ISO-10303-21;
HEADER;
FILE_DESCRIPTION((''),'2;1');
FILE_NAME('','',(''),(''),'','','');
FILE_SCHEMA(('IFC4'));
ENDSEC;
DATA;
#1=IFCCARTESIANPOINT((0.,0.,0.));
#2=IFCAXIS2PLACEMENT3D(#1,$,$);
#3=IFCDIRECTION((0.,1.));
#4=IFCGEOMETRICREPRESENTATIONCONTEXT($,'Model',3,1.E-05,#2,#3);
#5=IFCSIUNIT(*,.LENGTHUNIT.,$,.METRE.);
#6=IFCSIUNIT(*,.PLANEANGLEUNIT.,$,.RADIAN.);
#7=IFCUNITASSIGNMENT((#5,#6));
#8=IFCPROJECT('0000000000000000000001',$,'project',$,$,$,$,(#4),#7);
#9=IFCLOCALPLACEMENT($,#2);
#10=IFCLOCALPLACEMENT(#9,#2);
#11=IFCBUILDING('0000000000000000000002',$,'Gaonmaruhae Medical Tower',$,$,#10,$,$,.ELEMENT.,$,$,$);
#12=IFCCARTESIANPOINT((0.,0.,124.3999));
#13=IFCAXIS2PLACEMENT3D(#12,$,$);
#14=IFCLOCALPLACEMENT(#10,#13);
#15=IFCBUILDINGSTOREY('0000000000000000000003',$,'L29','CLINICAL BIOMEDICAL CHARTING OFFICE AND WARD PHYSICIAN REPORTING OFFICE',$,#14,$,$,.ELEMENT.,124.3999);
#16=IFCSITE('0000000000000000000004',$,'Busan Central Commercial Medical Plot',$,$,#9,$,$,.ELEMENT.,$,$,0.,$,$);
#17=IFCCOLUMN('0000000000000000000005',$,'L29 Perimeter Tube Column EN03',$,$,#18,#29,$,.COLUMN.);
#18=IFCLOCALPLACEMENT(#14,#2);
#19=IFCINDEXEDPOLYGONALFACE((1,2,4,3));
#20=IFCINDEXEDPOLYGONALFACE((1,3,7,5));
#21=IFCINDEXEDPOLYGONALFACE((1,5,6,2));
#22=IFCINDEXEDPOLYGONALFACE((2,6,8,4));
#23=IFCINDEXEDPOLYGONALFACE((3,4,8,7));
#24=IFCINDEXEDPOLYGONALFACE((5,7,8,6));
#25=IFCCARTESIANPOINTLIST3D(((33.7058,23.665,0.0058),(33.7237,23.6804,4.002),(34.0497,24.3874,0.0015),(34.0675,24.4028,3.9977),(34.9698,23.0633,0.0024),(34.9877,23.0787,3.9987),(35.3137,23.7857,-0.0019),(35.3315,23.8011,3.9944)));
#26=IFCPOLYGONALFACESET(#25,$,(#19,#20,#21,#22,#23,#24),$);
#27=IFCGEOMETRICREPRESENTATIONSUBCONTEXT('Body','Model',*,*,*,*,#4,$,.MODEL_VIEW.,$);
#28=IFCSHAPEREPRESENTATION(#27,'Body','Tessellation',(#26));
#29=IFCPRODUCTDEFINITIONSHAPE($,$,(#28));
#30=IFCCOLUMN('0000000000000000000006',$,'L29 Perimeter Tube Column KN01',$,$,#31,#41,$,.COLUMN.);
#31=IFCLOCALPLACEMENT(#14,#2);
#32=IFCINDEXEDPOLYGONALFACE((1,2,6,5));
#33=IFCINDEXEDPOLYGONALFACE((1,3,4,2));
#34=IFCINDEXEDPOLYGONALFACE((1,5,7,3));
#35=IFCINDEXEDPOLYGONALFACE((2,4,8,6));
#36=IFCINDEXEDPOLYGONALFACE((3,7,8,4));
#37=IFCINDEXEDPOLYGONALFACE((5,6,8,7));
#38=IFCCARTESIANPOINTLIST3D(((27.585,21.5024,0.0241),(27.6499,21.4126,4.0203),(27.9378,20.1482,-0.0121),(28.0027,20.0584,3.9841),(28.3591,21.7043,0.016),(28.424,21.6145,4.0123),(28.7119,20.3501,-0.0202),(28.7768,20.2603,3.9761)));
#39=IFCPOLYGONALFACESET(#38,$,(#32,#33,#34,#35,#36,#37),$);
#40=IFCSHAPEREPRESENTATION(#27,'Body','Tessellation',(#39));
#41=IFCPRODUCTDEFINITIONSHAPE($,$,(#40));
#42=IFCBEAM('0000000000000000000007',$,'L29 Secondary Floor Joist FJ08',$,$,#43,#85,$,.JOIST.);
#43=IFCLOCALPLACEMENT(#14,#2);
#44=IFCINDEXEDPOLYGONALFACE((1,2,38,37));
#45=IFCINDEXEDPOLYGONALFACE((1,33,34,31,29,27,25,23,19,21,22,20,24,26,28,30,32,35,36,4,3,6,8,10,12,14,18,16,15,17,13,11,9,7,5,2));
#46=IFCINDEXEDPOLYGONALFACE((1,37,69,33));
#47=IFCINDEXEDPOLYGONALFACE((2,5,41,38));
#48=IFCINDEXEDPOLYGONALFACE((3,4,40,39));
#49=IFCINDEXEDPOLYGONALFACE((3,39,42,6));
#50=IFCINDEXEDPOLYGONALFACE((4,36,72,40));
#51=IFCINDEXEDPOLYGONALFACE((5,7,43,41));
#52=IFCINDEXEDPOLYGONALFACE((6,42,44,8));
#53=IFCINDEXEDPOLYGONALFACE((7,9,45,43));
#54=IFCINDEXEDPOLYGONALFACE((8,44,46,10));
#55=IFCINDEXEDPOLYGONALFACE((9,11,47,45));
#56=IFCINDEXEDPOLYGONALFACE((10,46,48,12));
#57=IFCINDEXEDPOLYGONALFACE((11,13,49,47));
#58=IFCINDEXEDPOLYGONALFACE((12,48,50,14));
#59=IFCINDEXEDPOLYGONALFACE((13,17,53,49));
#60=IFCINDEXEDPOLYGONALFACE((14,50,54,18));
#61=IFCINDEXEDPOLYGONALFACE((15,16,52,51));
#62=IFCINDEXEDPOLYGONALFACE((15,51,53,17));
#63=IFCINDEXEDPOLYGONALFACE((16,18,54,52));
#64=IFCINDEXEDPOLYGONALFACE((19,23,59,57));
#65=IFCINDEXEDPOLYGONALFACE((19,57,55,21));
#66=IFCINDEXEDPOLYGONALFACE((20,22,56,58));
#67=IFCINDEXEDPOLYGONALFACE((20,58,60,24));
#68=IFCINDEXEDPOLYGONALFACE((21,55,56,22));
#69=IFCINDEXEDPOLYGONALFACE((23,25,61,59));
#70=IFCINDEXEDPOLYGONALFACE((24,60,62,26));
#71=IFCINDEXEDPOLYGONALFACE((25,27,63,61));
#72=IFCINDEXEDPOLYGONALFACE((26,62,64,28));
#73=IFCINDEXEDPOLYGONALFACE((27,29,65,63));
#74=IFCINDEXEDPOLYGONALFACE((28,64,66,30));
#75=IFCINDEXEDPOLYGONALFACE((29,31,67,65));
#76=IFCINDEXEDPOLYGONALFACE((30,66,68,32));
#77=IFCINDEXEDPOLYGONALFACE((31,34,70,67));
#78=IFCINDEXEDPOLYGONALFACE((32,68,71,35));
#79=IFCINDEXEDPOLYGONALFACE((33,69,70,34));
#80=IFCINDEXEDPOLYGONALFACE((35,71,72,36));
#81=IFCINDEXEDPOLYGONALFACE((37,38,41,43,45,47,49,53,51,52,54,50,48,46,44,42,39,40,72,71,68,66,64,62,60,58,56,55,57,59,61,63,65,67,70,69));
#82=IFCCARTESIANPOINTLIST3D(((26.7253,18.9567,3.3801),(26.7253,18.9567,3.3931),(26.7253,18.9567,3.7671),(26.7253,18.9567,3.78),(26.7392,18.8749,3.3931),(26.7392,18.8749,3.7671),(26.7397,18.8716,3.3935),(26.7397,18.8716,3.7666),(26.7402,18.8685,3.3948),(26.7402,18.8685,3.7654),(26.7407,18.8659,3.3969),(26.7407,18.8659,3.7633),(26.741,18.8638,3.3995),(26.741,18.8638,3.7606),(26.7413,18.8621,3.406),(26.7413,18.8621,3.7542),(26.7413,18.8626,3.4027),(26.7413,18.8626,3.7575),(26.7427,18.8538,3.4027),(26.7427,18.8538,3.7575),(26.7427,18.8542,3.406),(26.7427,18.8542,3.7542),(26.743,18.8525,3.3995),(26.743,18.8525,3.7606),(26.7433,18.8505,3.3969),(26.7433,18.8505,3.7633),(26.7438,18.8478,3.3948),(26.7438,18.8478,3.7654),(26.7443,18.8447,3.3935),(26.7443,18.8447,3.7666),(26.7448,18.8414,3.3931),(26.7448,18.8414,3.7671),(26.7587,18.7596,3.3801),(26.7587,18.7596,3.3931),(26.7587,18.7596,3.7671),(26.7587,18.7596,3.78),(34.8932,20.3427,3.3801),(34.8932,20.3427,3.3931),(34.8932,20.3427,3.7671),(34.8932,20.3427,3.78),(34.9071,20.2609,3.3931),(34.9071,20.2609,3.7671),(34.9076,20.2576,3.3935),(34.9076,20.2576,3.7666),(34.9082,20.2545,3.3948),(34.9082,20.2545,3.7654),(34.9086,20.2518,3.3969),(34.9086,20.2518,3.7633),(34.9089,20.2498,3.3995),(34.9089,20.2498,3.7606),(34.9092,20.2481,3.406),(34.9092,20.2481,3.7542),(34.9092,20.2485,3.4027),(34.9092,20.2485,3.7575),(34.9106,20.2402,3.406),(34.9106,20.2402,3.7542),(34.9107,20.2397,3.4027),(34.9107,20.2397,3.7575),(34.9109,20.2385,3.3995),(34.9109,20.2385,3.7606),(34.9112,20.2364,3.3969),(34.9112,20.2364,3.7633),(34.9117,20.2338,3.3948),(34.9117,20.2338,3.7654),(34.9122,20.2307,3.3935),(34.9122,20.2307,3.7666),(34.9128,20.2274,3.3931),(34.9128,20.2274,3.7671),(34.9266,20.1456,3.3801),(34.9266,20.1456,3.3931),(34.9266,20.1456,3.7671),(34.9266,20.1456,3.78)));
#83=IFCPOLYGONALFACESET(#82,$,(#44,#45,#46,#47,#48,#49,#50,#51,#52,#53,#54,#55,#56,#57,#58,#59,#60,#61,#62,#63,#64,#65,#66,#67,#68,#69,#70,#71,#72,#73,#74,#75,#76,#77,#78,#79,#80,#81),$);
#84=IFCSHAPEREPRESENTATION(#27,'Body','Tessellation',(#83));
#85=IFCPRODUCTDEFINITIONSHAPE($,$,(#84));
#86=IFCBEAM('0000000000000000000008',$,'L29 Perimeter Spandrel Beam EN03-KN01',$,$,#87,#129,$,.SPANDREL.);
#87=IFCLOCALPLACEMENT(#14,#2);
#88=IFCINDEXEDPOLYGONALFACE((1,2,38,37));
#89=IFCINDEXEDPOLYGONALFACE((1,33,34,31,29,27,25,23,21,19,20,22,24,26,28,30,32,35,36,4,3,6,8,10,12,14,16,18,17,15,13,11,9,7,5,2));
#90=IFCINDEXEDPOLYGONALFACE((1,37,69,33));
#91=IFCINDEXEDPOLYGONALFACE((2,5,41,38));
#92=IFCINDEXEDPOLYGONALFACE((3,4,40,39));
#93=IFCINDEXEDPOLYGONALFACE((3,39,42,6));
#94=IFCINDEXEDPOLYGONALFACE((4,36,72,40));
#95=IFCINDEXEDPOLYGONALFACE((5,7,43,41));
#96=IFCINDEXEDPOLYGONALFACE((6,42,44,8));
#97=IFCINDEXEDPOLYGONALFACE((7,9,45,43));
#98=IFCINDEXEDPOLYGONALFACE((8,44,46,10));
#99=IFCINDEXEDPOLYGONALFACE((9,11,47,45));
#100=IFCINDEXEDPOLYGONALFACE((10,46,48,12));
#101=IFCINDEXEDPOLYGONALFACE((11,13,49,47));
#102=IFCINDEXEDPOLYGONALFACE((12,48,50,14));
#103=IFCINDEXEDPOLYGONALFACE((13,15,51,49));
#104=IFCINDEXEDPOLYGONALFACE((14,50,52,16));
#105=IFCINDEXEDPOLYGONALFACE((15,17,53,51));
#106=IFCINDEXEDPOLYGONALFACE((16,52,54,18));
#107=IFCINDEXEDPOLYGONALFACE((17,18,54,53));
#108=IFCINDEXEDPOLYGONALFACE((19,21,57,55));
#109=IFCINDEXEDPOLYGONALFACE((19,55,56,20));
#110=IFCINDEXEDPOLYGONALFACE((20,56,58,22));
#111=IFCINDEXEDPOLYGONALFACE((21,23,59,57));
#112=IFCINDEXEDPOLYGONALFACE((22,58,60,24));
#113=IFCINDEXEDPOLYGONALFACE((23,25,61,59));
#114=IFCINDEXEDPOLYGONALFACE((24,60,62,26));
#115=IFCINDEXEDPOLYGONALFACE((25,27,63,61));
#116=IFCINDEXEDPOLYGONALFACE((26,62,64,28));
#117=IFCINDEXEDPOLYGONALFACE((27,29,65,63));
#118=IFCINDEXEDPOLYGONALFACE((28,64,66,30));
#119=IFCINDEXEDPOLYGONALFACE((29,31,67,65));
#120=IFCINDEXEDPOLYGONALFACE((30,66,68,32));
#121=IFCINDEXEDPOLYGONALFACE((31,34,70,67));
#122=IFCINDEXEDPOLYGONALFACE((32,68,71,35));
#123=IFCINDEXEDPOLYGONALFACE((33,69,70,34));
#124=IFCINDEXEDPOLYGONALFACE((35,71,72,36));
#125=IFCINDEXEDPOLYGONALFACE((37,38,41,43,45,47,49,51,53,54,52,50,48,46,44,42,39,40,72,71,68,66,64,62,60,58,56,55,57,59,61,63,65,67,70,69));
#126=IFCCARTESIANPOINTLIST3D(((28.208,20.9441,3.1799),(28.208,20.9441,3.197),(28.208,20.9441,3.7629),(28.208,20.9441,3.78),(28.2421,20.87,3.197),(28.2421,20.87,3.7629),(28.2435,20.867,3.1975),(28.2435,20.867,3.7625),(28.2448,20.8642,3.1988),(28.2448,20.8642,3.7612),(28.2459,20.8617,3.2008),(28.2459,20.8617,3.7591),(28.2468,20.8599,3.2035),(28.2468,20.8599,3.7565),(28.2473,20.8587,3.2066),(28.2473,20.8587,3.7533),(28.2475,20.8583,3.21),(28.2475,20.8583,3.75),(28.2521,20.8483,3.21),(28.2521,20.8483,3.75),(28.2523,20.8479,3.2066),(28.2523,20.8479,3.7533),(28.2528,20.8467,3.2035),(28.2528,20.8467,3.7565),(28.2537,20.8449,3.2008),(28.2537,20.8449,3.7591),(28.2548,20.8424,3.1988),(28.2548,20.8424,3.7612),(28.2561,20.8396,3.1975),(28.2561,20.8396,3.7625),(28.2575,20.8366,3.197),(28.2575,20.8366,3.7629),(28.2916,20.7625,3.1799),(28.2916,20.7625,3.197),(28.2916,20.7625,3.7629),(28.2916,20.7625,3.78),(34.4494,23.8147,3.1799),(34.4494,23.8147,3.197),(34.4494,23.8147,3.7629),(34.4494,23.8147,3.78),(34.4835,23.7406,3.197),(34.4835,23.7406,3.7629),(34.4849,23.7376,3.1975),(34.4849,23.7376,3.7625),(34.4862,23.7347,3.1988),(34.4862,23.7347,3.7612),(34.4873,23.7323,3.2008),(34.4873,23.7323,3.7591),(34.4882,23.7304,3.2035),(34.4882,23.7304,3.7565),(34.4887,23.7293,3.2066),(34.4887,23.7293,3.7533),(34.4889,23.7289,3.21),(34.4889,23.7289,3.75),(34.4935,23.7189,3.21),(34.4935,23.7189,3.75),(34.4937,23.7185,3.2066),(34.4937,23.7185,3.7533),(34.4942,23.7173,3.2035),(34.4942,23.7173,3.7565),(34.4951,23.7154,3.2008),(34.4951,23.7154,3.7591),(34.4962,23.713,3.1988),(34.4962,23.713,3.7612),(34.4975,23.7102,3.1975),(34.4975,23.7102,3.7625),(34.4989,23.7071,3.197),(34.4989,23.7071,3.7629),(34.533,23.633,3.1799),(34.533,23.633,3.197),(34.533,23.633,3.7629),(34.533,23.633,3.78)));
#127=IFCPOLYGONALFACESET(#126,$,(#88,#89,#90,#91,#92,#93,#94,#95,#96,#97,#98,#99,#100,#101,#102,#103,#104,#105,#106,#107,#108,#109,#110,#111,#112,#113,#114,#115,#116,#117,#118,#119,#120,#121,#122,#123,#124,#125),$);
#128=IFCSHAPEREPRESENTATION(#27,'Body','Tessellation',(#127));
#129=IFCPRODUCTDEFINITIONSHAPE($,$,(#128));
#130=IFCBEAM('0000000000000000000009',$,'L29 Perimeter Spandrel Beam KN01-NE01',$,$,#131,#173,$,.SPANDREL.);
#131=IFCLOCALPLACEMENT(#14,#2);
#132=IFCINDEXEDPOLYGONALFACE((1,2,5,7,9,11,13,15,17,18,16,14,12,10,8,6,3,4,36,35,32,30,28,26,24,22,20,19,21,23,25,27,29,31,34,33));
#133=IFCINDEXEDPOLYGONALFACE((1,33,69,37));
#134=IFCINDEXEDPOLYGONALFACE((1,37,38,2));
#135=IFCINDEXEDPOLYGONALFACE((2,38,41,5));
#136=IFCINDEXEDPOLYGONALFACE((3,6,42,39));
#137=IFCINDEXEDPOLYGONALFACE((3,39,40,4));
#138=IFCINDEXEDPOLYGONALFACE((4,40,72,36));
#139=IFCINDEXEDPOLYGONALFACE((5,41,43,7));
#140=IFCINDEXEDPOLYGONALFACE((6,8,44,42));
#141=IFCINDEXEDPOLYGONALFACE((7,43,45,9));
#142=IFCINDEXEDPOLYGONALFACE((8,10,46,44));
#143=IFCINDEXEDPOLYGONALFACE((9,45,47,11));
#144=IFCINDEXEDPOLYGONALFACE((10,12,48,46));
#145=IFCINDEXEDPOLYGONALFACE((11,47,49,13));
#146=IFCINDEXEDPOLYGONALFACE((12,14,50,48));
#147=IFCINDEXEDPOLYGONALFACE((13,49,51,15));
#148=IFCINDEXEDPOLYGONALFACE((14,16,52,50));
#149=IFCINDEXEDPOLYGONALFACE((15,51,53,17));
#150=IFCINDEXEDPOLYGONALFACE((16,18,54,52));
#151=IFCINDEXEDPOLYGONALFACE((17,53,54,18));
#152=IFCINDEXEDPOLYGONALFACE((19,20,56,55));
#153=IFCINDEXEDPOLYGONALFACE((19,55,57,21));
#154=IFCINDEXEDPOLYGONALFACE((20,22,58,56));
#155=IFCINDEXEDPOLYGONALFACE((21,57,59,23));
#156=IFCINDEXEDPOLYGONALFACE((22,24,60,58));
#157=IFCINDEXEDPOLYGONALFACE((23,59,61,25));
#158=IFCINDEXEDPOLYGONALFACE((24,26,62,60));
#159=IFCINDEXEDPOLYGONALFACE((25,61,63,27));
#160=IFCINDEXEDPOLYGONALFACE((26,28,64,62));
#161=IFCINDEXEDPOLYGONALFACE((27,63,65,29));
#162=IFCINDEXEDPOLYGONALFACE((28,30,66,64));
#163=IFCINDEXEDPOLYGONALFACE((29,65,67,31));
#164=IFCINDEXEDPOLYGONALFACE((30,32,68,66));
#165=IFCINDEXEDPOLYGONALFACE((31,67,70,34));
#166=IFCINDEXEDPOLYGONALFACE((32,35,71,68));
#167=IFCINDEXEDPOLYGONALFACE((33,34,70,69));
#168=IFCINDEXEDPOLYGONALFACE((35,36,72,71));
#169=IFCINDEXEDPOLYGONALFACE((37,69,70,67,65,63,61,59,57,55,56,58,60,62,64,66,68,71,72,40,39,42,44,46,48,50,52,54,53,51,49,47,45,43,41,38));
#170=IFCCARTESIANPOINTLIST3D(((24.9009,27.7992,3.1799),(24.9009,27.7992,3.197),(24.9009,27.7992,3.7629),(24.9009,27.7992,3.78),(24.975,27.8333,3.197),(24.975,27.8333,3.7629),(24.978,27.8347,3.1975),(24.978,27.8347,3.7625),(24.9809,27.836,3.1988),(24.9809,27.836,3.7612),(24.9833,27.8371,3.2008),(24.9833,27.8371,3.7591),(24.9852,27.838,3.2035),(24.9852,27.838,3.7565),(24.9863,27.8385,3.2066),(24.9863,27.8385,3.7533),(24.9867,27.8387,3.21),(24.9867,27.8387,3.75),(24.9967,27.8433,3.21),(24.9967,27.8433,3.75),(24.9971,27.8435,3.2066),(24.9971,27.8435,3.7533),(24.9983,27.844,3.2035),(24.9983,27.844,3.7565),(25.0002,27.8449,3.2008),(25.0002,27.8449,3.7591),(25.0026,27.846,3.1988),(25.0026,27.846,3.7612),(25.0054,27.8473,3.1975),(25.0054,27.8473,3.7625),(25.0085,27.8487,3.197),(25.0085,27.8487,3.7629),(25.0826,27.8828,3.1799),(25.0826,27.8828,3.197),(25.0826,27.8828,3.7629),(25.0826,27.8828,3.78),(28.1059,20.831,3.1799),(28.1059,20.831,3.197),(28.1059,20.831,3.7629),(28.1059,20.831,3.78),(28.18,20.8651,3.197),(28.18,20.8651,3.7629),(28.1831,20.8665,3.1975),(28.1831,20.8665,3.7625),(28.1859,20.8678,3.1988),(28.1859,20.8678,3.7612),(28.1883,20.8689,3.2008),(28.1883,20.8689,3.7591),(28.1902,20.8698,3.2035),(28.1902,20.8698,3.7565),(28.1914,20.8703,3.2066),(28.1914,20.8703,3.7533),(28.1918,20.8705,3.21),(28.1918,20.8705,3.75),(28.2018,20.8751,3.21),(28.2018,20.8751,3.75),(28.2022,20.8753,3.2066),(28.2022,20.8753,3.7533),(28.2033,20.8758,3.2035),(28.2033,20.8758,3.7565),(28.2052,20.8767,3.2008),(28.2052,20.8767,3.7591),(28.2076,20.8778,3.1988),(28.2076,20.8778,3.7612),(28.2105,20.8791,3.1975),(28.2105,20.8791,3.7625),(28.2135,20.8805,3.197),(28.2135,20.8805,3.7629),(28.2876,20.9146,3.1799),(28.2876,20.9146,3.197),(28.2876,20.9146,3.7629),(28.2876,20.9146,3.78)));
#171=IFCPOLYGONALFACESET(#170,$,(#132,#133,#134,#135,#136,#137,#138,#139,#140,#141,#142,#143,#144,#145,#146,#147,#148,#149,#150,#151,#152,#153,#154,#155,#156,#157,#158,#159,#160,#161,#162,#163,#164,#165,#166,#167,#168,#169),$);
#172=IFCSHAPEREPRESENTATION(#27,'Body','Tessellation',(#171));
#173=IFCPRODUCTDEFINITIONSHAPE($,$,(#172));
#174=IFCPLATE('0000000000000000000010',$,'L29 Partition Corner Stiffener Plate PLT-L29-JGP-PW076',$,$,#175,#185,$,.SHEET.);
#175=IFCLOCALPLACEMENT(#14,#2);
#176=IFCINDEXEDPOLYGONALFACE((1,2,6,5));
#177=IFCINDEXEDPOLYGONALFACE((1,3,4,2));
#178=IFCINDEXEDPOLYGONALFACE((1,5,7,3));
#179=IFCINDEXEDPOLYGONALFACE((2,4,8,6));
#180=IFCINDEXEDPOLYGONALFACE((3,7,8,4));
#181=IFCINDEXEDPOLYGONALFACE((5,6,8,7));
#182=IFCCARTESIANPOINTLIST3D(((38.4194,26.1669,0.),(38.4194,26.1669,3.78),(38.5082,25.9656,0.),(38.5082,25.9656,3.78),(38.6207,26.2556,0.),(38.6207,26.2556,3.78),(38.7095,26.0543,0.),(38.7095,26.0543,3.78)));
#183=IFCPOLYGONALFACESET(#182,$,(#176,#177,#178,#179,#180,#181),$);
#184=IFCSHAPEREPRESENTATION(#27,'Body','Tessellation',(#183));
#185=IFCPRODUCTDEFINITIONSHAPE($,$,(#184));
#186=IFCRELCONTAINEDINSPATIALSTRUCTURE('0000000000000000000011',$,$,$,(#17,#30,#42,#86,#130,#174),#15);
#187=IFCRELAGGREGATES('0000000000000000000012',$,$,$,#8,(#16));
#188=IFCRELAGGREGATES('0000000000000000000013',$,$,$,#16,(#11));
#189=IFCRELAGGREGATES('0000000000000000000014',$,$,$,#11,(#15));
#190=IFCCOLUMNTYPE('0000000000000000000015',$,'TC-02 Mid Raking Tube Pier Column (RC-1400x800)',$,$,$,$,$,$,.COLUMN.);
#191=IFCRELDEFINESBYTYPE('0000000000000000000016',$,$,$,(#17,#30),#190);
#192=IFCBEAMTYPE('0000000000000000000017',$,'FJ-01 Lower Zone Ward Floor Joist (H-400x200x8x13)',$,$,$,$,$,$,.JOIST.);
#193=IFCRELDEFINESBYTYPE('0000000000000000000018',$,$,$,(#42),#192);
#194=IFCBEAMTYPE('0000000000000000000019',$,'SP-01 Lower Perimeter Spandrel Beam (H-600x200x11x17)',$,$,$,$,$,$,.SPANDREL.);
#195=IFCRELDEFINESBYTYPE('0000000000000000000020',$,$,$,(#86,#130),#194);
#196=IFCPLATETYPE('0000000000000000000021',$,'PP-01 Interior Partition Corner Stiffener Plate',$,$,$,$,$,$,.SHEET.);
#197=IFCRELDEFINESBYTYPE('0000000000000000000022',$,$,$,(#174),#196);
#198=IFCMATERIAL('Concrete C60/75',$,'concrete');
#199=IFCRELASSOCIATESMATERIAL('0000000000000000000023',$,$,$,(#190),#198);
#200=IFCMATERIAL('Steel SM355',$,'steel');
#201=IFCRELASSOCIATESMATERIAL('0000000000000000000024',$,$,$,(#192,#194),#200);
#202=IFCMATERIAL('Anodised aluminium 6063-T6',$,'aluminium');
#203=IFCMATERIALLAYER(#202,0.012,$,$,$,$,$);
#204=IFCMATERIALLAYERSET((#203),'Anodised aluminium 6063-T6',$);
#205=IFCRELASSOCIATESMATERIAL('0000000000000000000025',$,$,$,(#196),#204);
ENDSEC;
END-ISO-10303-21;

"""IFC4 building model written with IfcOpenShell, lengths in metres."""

from ifc_helpers import new_model, si_unit, direction, frame, origin, origin_2d, place, context, subcontext, project, spatial, rectangle, i_section, extrude, material, layer, layer_set, material_profile, profile_set, type_object, element, save


model = new_model("IFC4")

# Units and contexts
model_context = context("Model", 3, precision=1e-05, world=origin(), true_north=direction((0.0, 1.0)))
body_context = subcontext(model_context, "Body", "Model", "MODEL_VIEW")
ifc_project = project(units=[si_unit("LENGTHUNIT", "METRE"), si_unit("PLANEANGLEUNIT", "RADIAN")], contexts=[model_context])

# Site, building, storey
site_placement = place(None, origin())
site = spatial("IfcSite", under=ifc_project, at=site_placement, Name="Busan Central Commercial Medical Plot", CompositionType="ELEMENT", RefElevation=0.0)
building_placement = place(site_placement, origin())
building = spatial("IfcBuilding", under=site, at=building_placement, Name="Gaonmaruhae Medical Tower", CompositionType="ELEMENT")
storey_placement = place(building_placement, frame((0.0, 0.0, 124.3999)))
storey = spatial("IfcBuildingStorey", under=building, at=storey_placement, Name="L29", Description="CLINICAL BIOMEDICAL CHARTING OFFICE AND WARD PHYSICIAN REPORTING OFFICE", CompositionType="ELEMENT", Elevation=124.3999)

# Columns
ifc_material_1 = material(Name="Concrete C60/75", Category="concrete")
ifc_material_profile_1 = material_profile(ifc_material_1, rectangle(XDim=1.3999, YDim=0.8, at=origin_2d()), Name="RC-1400x800")
ifc_profile_set_1 = profile_set([ifc_material_profile_1], Name="Concrete C60/75")
column_type = type_object("IfcColumnType", Name="TC-02 Mid Raking Tube Pier Column (RC-1400x800)", PredefinedType="COLUMN", material=ifc_profile_set_1)
column_1_placement = place(storey_placement, frame((34.5098, 23.7253, 0.002), z_axis=(0.00446, 0.003849, 0.999983), x_axis=(-0.902915, 0.429812, 0.002372)))
element("IfcColumn", 1, at=column_1_placement, inside=storey, type_object=column_type, Name="L29 Perimeter Tube Column EN03", PredefinedType="COLUMN", context=body_context, shape_type="SweptSolid", body=[
    extrude(rectangle(XDim=1.3999, YDim=0.8, at=origin_2d()), origin(), (0.0, 0.0, 1.0), 3.9963),
])
column_2_placement = place(storey_placement, frame((28.1484, 20.9263, 0.002), z_axis=(0.016244, -0.022473, 0.999615), x_axis=(-0.252035, 0.967373, 0.025844)))
element("IfcColumn", 2, at=column_2_placement, inside=storey, type_object=column_type, Name="L29 Perimeter Tube Column KN01", PredefinedType="COLUMN", context=body_context, shape_type="SweptSolid", body=[
    extrude(rectangle(XDim=1.3999, YDim=0.8, at=origin_2d()), origin(), (0.0, 0.0, 1.0), 3.9978),
])

# Beams
ifc_material_2 = material(Name="Steel SM355", Category="steel")
ifc_material_profile_2 = material_profile(ifc_material_2, i_section(OverallWidth=0.2, OverallDepth=0.3999, WebThickness=0.0081, FlangeThickness=0.0129, FilletRadius=0.0129, at=origin_2d()), Name="H-400x200x8x13")
ifc_profile_set_2 = profile_set([ifc_material_profile_2], Name="Steel SM355")
beam_type_1 = type_object("IfcBeamType", Name="FJ-01 Lower Zone Ward Floor Joist (H-400x200x8x13)", PredefinedType="JOIST", material=ifc_profile_set_2)
beam_1_placement = place(storey_placement, frame((34.9099, 20.2441, 3.5801), z_axis=(-0.985907, -0.167294, 0.0), x_axis=(0.167294, -0.985907, 0.0)))
element("IfcBeam", 3, at=beam_1_placement, inside=storey, type_object=beam_type_1, Name="L29 Secondary Floor Joist FJ08", PredefinedType="JOIST", context=body_context, shape_type="SweptSolid", body=[
    extrude(i_section(OverallWidth=0.2, OverallDepth=0.3999, WebThickness=0.0081, FlangeThickness=0.0129, FilletRadius=0.0129, at=origin_2d()), origin(), (0.0, 0.0, 1.0), 8.2847),
])
ifc_material_profile_3 = material_profile(ifc_material_2, i_section(OverallWidth=0.2, OverallDepth=0.6001, WebThickness=0.011, FlangeThickness=0.0171, FilletRadius=0.0129, at=origin_2d()), Name="H-600x200x11x17")
ifc_profile_set_3 = profile_set([ifc_material_profile_3], Name="Steel SM355")
beam_type_2 = type_object("IfcBeamType", Name="SP-01 Lower Perimeter Spandrel Beam (H-600x200x11x17)", PredefinedType="SPANDREL", material=ifc_profile_set_3)
beam_2_placement = place(storey_placement, frame((34.4912, 23.7239, 3.48), z_axis=(-0.908516, -0.41785, 0.0), x_axis=(0.41785, -0.908516, 0.0)))
element("IfcBeam", 4, at=beam_2_placement, inside=storey, type_object=beam_type_2, Name="L29 Perimeter Spandrel Beam EN03-KN01", PredefinedType="SPANDREL", context=body_context, shape_type="SweptSolid", body=[
    extrude(i_section(OverallWidth=0.2, OverallDepth=0.6001, WebThickness=0.011, FlangeThickness=0.0171, FilletRadius=0.0129, at=origin_2d()), origin(), (0.0, 0.0, 1.0), 6.8699),
])
beam_3_placement = place(storey_placement, frame((28.1968, 20.8728, 3.48), z_axis=(-0.417871, 0.908506, 0.0), x_axis=(-0.908506, -0.417871, 0.0)))
element("IfcBeam", 5, at=beam_3_placement, inside=storey, type_object=beam_type_2, Name="L29 Perimeter Spandrel Beam KN01-NE01", PredefinedType="SPANDREL", context=body_context, shape_type="SweptSolid", body=[
    extrude(i_section(OverallWidth=0.2, OverallDepth=0.6001, WebThickness=0.011, FlangeThickness=0.0171, FilletRadius=0.0129, at=origin_2d()), origin(), (0.0, 0.0, 1.0), 7.6699),
])

# Plate
ifc_material_3 = material(Name="Anodised aluminium 6063-T6", Category="aluminium")
ifc_layer_1 = layer(ifc_material_3, 0.012)
ifc_layer_set_1 = layer_set([ifc_layer_1], Name="Anodised aluminium 6063-T6")
plate_type = type_object("IfcPlateType", Name="PP-01 Interior Partition Corner Stiffener Plate", PredefinedType="SHEET", material=ifc_layer_set_1)
plate_placement = place(storey_placement, frame((38.5645, 26.1106, 0.0), z_axis=(0.0, 0.0, 1.0), x_axis=(0.915002, 0.403449, 0.0)))
element("IfcPlate", 6, at=plate_placement, inside=storey, type_object=plate_type, Name="L29 Partition Corner Stiffener Plate PLT-L29-JGP-PW076", PredefinedType="SHEET", context=body_context, shape_type="SweptSolid", body=[
    extrude(rectangle(XDim=0.22, YDim=0.22, at=origin_2d()), origin(), (0.0, 0.0, 1.0), 3.78),
])

save(model, "model.ifc")
